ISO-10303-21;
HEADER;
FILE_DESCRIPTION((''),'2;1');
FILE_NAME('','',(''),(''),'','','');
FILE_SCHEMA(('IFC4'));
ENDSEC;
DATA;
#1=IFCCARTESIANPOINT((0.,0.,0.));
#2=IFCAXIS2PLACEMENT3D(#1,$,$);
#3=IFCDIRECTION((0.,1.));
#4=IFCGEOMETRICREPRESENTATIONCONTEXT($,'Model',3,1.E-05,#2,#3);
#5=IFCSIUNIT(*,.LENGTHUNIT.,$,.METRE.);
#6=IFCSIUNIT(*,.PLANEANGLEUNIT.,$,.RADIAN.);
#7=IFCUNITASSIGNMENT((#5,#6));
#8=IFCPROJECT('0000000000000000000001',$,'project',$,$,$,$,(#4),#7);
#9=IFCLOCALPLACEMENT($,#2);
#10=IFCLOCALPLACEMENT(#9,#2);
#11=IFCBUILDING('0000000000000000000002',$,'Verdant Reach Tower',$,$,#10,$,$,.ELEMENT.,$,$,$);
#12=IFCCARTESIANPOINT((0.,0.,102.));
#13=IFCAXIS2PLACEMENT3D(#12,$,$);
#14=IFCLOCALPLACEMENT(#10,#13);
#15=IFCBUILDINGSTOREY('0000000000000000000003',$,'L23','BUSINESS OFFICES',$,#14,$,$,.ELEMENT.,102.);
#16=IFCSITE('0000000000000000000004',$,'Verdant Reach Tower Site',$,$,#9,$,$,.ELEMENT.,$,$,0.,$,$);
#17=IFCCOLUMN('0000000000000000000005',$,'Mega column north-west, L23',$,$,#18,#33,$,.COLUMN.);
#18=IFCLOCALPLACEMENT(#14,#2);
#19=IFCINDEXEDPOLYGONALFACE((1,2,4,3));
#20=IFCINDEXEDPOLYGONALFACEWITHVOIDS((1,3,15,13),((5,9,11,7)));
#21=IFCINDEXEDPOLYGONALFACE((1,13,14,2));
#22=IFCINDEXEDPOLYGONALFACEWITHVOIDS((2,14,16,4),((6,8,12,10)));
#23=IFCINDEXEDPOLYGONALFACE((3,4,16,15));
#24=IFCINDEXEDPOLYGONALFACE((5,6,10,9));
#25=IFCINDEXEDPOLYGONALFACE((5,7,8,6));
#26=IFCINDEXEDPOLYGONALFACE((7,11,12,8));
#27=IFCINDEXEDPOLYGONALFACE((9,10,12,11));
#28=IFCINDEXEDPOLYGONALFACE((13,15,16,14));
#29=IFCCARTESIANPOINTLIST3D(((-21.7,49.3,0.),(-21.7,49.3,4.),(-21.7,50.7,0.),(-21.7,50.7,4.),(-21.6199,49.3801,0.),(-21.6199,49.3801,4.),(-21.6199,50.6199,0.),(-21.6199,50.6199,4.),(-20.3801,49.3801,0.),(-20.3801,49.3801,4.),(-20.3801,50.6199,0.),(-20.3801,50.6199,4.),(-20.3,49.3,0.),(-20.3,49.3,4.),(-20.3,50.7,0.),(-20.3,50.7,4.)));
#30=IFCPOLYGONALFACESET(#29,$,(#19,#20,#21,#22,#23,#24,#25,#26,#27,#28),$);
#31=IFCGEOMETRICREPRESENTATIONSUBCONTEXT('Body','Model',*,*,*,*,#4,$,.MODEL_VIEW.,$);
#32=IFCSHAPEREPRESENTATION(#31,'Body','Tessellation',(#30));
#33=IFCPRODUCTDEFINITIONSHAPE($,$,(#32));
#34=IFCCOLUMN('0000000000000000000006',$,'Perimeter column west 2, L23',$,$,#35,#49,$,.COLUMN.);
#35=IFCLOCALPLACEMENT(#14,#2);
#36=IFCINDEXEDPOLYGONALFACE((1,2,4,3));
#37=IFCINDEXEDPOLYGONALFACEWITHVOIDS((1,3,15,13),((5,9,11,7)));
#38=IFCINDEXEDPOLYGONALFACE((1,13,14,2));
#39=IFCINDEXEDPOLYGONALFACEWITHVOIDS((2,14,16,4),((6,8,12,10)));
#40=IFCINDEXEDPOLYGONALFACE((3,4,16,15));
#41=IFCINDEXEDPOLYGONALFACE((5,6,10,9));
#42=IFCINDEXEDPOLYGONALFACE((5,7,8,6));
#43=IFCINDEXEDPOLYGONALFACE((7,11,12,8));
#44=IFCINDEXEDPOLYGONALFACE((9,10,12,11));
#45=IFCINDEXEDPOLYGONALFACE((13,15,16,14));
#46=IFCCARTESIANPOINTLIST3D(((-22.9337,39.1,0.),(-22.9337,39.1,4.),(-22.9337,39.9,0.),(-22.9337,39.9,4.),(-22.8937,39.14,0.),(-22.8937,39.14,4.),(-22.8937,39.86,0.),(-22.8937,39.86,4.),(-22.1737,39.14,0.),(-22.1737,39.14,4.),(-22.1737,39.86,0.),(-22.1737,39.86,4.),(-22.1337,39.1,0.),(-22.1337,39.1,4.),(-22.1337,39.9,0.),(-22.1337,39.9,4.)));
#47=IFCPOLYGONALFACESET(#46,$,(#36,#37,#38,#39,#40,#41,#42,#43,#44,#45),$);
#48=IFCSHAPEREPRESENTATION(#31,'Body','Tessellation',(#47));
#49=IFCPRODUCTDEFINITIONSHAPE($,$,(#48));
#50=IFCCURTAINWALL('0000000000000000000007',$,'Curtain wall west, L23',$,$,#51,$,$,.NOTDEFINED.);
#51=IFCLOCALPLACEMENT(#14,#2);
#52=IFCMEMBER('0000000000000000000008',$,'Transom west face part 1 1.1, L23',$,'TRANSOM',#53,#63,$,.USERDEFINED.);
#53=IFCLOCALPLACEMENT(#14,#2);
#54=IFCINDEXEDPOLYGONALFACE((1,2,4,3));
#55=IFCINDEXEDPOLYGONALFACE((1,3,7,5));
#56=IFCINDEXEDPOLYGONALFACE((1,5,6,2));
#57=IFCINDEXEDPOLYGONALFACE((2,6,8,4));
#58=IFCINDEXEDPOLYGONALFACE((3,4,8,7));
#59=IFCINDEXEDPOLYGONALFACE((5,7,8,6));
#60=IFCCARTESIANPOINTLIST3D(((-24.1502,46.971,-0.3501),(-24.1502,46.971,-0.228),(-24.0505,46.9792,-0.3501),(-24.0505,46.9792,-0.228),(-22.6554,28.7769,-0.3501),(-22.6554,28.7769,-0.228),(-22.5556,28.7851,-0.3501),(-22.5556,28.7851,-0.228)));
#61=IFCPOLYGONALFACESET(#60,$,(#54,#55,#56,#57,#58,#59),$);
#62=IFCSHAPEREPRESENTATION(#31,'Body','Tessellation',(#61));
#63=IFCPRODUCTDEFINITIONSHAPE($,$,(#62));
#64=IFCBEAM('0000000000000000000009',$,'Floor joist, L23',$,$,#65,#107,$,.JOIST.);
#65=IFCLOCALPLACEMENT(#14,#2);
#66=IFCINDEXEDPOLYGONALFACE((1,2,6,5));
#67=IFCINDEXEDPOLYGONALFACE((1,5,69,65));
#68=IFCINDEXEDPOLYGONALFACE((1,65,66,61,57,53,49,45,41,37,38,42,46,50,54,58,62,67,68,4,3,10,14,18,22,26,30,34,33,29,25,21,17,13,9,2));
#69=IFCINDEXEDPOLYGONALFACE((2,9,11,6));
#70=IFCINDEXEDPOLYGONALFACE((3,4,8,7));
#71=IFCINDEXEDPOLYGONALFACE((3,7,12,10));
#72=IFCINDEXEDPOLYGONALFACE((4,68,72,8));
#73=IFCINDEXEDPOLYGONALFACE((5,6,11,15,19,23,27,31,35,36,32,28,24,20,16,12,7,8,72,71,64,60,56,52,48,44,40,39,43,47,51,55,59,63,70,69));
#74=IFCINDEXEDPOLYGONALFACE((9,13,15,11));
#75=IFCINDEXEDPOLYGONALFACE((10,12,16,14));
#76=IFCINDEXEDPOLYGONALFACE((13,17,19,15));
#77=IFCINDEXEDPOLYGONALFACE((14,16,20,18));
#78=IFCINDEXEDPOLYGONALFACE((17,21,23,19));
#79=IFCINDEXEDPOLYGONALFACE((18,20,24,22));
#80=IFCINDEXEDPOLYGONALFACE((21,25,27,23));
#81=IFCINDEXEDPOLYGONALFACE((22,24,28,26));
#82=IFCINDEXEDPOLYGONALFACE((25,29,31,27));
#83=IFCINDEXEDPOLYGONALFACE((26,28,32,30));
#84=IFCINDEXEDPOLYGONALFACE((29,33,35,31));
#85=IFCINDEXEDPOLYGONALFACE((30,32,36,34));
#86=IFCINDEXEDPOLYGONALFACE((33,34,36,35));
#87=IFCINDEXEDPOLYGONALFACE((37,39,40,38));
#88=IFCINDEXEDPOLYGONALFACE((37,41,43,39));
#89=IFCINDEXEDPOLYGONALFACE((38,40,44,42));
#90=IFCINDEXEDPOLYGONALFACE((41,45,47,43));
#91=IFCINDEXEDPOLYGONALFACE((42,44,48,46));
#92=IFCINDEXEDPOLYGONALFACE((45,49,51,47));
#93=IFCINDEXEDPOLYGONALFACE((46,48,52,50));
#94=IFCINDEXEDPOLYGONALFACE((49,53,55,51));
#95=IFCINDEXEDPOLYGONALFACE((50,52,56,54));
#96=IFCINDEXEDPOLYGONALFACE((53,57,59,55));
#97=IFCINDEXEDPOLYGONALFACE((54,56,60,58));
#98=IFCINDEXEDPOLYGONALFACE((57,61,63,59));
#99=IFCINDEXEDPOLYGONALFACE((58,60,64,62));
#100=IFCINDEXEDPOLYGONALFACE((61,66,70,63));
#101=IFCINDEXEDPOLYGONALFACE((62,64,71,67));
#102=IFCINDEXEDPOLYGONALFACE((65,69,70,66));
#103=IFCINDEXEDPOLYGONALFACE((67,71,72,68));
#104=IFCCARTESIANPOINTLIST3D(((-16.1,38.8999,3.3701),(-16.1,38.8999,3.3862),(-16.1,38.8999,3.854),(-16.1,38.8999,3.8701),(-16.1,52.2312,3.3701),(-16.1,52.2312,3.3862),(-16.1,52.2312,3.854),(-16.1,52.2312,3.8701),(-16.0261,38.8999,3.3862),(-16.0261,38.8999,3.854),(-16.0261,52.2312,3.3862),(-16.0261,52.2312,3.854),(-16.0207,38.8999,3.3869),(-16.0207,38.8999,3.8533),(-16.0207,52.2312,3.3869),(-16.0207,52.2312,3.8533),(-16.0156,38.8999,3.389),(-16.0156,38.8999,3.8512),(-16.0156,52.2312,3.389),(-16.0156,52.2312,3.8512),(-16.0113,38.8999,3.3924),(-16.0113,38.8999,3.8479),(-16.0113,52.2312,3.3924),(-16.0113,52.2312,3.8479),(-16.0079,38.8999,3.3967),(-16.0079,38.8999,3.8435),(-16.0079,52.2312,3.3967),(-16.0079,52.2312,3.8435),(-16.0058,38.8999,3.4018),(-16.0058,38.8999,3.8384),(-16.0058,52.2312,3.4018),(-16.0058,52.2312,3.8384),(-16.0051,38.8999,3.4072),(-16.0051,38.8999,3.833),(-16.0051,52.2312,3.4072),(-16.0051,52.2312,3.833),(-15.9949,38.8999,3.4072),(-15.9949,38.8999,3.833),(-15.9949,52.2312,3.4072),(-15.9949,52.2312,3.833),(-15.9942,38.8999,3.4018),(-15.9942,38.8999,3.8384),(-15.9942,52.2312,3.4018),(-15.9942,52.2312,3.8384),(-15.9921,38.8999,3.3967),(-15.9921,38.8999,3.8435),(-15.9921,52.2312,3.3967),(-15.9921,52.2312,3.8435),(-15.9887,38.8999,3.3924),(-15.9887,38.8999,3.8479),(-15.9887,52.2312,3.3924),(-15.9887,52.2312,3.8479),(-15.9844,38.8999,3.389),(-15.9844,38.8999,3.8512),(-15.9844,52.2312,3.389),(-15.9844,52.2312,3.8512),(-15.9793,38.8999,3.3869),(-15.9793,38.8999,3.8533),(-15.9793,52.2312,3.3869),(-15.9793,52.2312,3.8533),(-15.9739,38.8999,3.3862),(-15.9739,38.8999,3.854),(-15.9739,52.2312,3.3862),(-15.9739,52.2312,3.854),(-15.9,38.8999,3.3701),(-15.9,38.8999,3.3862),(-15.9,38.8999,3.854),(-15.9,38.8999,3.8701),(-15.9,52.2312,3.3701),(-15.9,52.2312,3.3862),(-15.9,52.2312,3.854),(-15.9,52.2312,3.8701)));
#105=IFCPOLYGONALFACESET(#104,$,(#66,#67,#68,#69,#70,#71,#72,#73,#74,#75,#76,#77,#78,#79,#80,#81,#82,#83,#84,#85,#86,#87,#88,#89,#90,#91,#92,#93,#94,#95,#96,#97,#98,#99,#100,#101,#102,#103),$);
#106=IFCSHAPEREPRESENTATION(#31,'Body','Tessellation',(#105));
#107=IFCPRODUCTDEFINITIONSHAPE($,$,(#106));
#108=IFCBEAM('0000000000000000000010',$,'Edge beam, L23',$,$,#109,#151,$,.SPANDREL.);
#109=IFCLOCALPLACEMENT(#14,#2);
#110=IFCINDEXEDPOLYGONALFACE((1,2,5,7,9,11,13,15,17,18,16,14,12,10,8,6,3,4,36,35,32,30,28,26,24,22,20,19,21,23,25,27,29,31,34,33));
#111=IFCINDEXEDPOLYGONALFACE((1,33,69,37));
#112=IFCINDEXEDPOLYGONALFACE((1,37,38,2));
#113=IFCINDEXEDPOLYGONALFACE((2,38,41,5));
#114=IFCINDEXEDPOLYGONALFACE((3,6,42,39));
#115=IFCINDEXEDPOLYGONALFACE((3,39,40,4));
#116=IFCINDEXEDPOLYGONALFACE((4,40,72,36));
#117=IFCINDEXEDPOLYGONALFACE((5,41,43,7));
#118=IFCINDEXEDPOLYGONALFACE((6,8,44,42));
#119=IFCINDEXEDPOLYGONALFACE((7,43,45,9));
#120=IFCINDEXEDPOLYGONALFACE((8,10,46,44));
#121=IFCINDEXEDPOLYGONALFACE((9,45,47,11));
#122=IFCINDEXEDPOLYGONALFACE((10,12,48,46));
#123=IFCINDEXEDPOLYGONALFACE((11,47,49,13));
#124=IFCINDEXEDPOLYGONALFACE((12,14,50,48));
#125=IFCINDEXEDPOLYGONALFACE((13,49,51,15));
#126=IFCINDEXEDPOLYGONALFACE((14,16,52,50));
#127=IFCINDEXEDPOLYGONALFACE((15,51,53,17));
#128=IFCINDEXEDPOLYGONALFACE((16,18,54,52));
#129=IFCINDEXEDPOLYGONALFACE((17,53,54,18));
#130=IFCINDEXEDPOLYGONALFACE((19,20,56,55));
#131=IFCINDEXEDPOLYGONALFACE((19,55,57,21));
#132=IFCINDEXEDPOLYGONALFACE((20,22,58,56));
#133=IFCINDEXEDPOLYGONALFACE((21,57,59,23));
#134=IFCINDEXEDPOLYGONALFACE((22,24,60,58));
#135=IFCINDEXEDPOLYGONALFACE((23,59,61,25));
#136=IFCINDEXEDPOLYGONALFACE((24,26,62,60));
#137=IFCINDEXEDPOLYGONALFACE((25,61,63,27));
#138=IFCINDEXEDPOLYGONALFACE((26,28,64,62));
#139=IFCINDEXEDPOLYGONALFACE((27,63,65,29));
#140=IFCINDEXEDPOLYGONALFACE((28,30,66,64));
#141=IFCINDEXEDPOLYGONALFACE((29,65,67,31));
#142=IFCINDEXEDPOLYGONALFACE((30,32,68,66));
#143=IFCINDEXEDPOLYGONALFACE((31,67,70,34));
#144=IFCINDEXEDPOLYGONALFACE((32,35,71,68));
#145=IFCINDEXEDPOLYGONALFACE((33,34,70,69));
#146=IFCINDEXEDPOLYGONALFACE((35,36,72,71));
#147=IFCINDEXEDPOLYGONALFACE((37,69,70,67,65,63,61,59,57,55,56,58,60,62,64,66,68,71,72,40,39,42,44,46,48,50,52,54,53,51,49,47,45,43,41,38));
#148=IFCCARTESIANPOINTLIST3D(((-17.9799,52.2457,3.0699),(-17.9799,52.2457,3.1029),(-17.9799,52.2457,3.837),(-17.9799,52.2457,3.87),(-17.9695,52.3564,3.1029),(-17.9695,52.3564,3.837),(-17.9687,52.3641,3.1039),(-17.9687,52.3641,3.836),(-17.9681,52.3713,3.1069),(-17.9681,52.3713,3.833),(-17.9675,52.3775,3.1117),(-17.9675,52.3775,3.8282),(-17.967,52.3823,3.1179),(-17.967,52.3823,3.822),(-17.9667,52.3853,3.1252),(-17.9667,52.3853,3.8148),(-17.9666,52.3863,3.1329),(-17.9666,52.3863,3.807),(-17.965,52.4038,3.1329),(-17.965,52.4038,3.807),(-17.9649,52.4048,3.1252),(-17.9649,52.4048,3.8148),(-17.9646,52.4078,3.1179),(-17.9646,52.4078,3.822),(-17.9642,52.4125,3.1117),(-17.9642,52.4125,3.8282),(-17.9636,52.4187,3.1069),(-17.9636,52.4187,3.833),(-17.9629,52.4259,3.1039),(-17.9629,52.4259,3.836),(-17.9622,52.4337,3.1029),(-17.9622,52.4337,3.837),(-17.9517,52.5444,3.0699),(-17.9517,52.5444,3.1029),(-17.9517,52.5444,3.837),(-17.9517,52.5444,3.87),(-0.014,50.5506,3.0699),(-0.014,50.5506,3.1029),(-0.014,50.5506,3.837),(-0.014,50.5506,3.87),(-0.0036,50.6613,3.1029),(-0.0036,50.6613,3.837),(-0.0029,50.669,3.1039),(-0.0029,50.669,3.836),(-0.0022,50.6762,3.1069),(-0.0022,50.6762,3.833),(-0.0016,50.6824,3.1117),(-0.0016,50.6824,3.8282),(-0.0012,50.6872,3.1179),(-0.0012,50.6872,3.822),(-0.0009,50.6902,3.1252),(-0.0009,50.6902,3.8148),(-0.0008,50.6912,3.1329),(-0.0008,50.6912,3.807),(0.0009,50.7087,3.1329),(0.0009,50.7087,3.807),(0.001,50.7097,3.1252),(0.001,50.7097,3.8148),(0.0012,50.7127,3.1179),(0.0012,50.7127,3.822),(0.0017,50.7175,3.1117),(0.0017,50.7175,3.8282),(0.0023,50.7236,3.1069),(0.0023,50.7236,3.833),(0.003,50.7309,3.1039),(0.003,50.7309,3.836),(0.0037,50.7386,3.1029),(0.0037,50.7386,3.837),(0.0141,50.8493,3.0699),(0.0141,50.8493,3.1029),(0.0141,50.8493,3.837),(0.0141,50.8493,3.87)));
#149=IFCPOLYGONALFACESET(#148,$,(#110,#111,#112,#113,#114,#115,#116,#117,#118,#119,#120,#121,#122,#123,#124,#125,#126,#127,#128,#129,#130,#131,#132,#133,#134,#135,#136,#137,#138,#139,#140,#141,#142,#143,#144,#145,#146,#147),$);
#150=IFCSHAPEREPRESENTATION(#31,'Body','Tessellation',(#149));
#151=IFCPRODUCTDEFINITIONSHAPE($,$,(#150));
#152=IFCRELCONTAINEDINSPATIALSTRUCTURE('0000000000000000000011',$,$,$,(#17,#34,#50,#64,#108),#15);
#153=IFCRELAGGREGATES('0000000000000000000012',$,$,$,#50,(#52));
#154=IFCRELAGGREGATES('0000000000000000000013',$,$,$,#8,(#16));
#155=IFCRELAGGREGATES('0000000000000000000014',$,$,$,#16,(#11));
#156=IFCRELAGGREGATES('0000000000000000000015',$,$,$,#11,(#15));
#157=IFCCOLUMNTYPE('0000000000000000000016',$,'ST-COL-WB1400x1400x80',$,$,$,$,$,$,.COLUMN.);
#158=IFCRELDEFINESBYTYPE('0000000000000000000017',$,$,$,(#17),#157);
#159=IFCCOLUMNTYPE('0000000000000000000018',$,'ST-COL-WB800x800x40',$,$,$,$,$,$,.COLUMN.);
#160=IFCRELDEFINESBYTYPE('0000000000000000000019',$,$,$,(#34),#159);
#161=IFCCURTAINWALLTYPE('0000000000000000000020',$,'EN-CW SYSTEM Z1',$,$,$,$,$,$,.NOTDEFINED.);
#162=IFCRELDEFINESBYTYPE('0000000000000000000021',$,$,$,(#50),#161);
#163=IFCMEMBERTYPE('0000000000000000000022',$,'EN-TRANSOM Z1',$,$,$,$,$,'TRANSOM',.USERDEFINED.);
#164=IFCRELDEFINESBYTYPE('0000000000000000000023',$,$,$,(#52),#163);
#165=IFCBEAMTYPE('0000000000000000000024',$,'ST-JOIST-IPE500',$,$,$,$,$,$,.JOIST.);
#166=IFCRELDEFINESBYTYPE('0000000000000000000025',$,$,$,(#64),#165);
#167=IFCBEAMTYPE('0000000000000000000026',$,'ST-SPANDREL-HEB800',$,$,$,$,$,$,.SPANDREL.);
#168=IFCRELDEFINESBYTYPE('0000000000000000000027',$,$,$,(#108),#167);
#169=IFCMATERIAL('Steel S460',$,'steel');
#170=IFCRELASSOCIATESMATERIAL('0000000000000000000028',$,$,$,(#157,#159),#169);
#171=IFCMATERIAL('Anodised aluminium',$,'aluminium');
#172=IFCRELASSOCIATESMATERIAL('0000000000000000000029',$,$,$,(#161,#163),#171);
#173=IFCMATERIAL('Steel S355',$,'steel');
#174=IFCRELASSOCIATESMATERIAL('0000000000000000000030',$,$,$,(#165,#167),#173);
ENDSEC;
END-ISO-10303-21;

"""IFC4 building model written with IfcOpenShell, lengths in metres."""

from ifc_helpers import new_model, si_unit, direction, frame, origin, origin_2d, place, context, subcontext, project, spatial, rectangle, hollow_rectangle, i_section, extrude, material, material_profile, profile_set, type_object, element, aggregate, save


model = new_model("IFC4")

# Units and contexts
model_context = context("Model", 3, precision=1e-05, world=origin(), true_north=direction((0.0, 1.0)))
body_context = subcontext(model_context, "Body", "Model", "MODEL_VIEW")
ifc_project = project(units=[si_unit("LENGTHUNIT", "METRE"), si_unit("PLANEANGLEUNIT", "RADIAN")], contexts=[model_context])

# Site, building, storey
site_placement = place(None, origin())
site = spatial("IfcSite", under=ifc_project, at=site_placement, Name="Verdant Reach Tower Site", CompositionType="ELEMENT", RefElevation=0.0)
building_placement = place(site_placement, origin())
building = spatial("IfcBuilding", under=site, at=building_placement, Name="Verdant Reach Tower", CompositionType="ELEMENT")
storey_placement = place(building_placement, frame((0.0, 0.0, 102.0)))
storey = spatial("IfcBuildingStorey", under=building, at=storey_placement, Name="L23", Description="BUSINESS OFFICES", CompositionType="ELEMENT", Elevation=102.0)

# Columns
ifc_material_1 = material(Name="Steel S460", Category="steel")
ifc_material_profile_1 = material_profile(ifc_material_1, hollow_rectangle(XDim=1.3999, YDim=1.3999, WallThickness=0.0801, at=origin_2d()), Name="WB 1400x1400x80")
ifc_profile_set_1 = profile_set([ifc_material_profile_1], Name="Steel S460")
column_type_1 = type_object("IfcColumnType", Name="ST-COL-WB1400x1400x80", PredefinedType="COLUMN", material=ifc_profile_set_1)
column_1_placement = place(storey_placement, frame((-21.0, 50.0, 0.0), z_axis=(0.0, 0.0, 1.0), x_axis=(1.0, 0.0, 0.0)))
element("IfcColumn", 1, at=column_1_placement, inside=storey, type_object=column_type_1, Name="Mega column north-west, L23", PredefinedType="COLUMN", context=body_context, shape_type="SweptSolid", body=[
    extrude(hollow_rectangle(XDim=1.3999, YDim=1.3999, WallThickness=0.0801, at=origin_2d()), origin(), (0.0, 0.0, 1.0), 4.0),
])
ifc_material_profile_2 = material_profile(ifc_material_1, hollow_rectangle(XDim=0.8, YDim=0.8, WallThickness=0.04, at=origin_2d()), Name="WB 800x800x40")
ifc_profile_set_2 = profile_set([ifc_material_profile_2], Name="Steel S460")
column_type_2 = type_object("IfcColumnType", Name="ST-COL-WB800x800x40", PredefinedType="COLUMN", material=ifc_profile_set_2)
column_2_placement = place(storey_placement, frame((-22.5337, 39.5, 0.0), z_axis=(0.0, 0.0, 1.0), x_axis=(1.0, 0.0, 0.0)))
element("IfcColumn", 2, at=column_2_placement, inside=storey, type_object=column_type_2, Name="Perimeter column west 2, L23", PredefinedType="COLUMN", context=body_context, shape_type="SweptSolid", body=[
    extrude(hollow_rectangle(XDim=0.8, YDim=0.8, WallThickness=0.04, at=origin_2d()), origin(), (0.0, 0.0, 1.0), 4.0),
])

# Curtain wall, member
ifc_material_2 = material(Name="Anodised aluminium", Category="aluminium")
curtain_wall_type = type_object("IfcCurtainWallType", Name="EN-CW SYSTEM Z1", PredefinedType="NOTDEFINED", material=ifc_material_2)
curtain_wall_1_placement = place(storey_placement, origin())
curtain_wall_1 = element("IfcCurtainWall", 3, at=curtain_wall_1_placement, inside=storey, type_object=curtain_wall_type, Name="Curtain wall west, L23", PredefinedType="NOTDEFINED")
ifc_material_profile_3 = material_profile(ifc_material_2, rectangle(XDim=0.1001, YDim=0.1221, at=origin_2d()), Name="Transom 122x100")
ifc_profile_set_3 = profile_set([ifc_material_profile_3], Name="Anodised aluminium")
member_type = type_object("IfcMemberType", Name="EN-TRANSOM Z1", ElementType="TRANSOM", PredefinedType="USERDEFINED", material=ifc_profile_set_3)
member_placement = place(storey_placement, frame((-24.1003, 46.9751, -0.2891), z_axis=(0.081887, -0.996642, 0.0), x_axis=(0.996642, 0.081887, 0.0)))
member = element("IfcMember", 4, at=member_placement, type_object=member_type, Name="Transom west face part 1 1.1, L23", ObjectType="TRANSOM", PredefinedType="USERDEFINED", context=body_context, shape_type="SweptSolid", body=[
    extrude(rectangle(XDim=0.1001, YDim=0.1221, at=origin_2d()), origin(), (0.0, 0.0, 1.0), 18.2554),
])

# Beams
ifc_material_3 = material(Name="Steel S355", Category="steel")
ifc_material_profile_4 = material_profile(ifc_material_3, i_section(OverallWidth=0.2, OverallDepth=0.5, WebThickness=0.0103, FlangeThickness=0.0161, FilletRadius=0.021, at=origin_2d()), Name="IPE 500")
ifc_profile_set_4 = profile_set([ifc_material_profile_4], Name="Steel S355")
beam_type_1 = type_object("IfcBeamType", Name="ST-JOIST-IPE500", PredefinedType="JOIST", material=ifc_profile_set_4)
beam_1_placement = place(storey_placement, frame((-16.0, 38.8999, 3.6201), z_axis=(0.0, 1.0, 0.0), x_axis=(-1.0, 0.0, 0.0)))
element("IfcBeam", 5, at=beam_1_placement, inside=storey, type_object=beam_type_1, Name="Floor joist, L23", PredefinedType="JOIST", context=body_context, shape_type="SweptSolid", body=[
    extrude(i_section(OverallWidth=0.2, OverallDepth=0.5, WebThickness=0.0103, FlangeThickness=0.0161, FilletRadius=0.021, at=origin_2d()), origin(), (0.0, 0.0, 1.0), 13.3313),
])
ifc_material_profile_5 = material_profile(ifc_material_3, i_section(OverallWidth=0.3, OverallDepth=0.8, WebThickness=0.0176, FlangeThickness=0.033, FilletRadius=0.03, at=origin_2d()), Name="HEB 800")
ifc_profile_set_5 = profile_set([ifc_material_profile_5], Name="Steel S355")
beam_type_2 = type_object("IfcBeamType", Name="ST-SPANDREL-HEB800", PredefinedType="SPANDREL", material=ifc_profile_set_5)
beam_2_placement = place(storey_placement, frame((-17.9658, 52.395, 3.47), z_axis=(0.995579, -0.093932, 0.0), x_axis=(0.093932, 0.995579, 0.0)))
element("IfcBeam", 6, at=beam_2_placement, inside=storey, type_object=beam_type_2, Name="Edge beam, L23", PredefinedType="SPANDREL", context=body_context, shape_type="SweptSolid", body=[
    extrude(i_section(OverallWidth=0.3, OverallDepth=0.8, WebThickness=0.0176, FlangeThickness=0.033, FilletRadius=0.03, at=origin_2d()), origin(), (0.0, 0.0, 1.0), 18.0457),
])

aggregate(curtain_wall_1, [member])

save(model, "model.ifc")
